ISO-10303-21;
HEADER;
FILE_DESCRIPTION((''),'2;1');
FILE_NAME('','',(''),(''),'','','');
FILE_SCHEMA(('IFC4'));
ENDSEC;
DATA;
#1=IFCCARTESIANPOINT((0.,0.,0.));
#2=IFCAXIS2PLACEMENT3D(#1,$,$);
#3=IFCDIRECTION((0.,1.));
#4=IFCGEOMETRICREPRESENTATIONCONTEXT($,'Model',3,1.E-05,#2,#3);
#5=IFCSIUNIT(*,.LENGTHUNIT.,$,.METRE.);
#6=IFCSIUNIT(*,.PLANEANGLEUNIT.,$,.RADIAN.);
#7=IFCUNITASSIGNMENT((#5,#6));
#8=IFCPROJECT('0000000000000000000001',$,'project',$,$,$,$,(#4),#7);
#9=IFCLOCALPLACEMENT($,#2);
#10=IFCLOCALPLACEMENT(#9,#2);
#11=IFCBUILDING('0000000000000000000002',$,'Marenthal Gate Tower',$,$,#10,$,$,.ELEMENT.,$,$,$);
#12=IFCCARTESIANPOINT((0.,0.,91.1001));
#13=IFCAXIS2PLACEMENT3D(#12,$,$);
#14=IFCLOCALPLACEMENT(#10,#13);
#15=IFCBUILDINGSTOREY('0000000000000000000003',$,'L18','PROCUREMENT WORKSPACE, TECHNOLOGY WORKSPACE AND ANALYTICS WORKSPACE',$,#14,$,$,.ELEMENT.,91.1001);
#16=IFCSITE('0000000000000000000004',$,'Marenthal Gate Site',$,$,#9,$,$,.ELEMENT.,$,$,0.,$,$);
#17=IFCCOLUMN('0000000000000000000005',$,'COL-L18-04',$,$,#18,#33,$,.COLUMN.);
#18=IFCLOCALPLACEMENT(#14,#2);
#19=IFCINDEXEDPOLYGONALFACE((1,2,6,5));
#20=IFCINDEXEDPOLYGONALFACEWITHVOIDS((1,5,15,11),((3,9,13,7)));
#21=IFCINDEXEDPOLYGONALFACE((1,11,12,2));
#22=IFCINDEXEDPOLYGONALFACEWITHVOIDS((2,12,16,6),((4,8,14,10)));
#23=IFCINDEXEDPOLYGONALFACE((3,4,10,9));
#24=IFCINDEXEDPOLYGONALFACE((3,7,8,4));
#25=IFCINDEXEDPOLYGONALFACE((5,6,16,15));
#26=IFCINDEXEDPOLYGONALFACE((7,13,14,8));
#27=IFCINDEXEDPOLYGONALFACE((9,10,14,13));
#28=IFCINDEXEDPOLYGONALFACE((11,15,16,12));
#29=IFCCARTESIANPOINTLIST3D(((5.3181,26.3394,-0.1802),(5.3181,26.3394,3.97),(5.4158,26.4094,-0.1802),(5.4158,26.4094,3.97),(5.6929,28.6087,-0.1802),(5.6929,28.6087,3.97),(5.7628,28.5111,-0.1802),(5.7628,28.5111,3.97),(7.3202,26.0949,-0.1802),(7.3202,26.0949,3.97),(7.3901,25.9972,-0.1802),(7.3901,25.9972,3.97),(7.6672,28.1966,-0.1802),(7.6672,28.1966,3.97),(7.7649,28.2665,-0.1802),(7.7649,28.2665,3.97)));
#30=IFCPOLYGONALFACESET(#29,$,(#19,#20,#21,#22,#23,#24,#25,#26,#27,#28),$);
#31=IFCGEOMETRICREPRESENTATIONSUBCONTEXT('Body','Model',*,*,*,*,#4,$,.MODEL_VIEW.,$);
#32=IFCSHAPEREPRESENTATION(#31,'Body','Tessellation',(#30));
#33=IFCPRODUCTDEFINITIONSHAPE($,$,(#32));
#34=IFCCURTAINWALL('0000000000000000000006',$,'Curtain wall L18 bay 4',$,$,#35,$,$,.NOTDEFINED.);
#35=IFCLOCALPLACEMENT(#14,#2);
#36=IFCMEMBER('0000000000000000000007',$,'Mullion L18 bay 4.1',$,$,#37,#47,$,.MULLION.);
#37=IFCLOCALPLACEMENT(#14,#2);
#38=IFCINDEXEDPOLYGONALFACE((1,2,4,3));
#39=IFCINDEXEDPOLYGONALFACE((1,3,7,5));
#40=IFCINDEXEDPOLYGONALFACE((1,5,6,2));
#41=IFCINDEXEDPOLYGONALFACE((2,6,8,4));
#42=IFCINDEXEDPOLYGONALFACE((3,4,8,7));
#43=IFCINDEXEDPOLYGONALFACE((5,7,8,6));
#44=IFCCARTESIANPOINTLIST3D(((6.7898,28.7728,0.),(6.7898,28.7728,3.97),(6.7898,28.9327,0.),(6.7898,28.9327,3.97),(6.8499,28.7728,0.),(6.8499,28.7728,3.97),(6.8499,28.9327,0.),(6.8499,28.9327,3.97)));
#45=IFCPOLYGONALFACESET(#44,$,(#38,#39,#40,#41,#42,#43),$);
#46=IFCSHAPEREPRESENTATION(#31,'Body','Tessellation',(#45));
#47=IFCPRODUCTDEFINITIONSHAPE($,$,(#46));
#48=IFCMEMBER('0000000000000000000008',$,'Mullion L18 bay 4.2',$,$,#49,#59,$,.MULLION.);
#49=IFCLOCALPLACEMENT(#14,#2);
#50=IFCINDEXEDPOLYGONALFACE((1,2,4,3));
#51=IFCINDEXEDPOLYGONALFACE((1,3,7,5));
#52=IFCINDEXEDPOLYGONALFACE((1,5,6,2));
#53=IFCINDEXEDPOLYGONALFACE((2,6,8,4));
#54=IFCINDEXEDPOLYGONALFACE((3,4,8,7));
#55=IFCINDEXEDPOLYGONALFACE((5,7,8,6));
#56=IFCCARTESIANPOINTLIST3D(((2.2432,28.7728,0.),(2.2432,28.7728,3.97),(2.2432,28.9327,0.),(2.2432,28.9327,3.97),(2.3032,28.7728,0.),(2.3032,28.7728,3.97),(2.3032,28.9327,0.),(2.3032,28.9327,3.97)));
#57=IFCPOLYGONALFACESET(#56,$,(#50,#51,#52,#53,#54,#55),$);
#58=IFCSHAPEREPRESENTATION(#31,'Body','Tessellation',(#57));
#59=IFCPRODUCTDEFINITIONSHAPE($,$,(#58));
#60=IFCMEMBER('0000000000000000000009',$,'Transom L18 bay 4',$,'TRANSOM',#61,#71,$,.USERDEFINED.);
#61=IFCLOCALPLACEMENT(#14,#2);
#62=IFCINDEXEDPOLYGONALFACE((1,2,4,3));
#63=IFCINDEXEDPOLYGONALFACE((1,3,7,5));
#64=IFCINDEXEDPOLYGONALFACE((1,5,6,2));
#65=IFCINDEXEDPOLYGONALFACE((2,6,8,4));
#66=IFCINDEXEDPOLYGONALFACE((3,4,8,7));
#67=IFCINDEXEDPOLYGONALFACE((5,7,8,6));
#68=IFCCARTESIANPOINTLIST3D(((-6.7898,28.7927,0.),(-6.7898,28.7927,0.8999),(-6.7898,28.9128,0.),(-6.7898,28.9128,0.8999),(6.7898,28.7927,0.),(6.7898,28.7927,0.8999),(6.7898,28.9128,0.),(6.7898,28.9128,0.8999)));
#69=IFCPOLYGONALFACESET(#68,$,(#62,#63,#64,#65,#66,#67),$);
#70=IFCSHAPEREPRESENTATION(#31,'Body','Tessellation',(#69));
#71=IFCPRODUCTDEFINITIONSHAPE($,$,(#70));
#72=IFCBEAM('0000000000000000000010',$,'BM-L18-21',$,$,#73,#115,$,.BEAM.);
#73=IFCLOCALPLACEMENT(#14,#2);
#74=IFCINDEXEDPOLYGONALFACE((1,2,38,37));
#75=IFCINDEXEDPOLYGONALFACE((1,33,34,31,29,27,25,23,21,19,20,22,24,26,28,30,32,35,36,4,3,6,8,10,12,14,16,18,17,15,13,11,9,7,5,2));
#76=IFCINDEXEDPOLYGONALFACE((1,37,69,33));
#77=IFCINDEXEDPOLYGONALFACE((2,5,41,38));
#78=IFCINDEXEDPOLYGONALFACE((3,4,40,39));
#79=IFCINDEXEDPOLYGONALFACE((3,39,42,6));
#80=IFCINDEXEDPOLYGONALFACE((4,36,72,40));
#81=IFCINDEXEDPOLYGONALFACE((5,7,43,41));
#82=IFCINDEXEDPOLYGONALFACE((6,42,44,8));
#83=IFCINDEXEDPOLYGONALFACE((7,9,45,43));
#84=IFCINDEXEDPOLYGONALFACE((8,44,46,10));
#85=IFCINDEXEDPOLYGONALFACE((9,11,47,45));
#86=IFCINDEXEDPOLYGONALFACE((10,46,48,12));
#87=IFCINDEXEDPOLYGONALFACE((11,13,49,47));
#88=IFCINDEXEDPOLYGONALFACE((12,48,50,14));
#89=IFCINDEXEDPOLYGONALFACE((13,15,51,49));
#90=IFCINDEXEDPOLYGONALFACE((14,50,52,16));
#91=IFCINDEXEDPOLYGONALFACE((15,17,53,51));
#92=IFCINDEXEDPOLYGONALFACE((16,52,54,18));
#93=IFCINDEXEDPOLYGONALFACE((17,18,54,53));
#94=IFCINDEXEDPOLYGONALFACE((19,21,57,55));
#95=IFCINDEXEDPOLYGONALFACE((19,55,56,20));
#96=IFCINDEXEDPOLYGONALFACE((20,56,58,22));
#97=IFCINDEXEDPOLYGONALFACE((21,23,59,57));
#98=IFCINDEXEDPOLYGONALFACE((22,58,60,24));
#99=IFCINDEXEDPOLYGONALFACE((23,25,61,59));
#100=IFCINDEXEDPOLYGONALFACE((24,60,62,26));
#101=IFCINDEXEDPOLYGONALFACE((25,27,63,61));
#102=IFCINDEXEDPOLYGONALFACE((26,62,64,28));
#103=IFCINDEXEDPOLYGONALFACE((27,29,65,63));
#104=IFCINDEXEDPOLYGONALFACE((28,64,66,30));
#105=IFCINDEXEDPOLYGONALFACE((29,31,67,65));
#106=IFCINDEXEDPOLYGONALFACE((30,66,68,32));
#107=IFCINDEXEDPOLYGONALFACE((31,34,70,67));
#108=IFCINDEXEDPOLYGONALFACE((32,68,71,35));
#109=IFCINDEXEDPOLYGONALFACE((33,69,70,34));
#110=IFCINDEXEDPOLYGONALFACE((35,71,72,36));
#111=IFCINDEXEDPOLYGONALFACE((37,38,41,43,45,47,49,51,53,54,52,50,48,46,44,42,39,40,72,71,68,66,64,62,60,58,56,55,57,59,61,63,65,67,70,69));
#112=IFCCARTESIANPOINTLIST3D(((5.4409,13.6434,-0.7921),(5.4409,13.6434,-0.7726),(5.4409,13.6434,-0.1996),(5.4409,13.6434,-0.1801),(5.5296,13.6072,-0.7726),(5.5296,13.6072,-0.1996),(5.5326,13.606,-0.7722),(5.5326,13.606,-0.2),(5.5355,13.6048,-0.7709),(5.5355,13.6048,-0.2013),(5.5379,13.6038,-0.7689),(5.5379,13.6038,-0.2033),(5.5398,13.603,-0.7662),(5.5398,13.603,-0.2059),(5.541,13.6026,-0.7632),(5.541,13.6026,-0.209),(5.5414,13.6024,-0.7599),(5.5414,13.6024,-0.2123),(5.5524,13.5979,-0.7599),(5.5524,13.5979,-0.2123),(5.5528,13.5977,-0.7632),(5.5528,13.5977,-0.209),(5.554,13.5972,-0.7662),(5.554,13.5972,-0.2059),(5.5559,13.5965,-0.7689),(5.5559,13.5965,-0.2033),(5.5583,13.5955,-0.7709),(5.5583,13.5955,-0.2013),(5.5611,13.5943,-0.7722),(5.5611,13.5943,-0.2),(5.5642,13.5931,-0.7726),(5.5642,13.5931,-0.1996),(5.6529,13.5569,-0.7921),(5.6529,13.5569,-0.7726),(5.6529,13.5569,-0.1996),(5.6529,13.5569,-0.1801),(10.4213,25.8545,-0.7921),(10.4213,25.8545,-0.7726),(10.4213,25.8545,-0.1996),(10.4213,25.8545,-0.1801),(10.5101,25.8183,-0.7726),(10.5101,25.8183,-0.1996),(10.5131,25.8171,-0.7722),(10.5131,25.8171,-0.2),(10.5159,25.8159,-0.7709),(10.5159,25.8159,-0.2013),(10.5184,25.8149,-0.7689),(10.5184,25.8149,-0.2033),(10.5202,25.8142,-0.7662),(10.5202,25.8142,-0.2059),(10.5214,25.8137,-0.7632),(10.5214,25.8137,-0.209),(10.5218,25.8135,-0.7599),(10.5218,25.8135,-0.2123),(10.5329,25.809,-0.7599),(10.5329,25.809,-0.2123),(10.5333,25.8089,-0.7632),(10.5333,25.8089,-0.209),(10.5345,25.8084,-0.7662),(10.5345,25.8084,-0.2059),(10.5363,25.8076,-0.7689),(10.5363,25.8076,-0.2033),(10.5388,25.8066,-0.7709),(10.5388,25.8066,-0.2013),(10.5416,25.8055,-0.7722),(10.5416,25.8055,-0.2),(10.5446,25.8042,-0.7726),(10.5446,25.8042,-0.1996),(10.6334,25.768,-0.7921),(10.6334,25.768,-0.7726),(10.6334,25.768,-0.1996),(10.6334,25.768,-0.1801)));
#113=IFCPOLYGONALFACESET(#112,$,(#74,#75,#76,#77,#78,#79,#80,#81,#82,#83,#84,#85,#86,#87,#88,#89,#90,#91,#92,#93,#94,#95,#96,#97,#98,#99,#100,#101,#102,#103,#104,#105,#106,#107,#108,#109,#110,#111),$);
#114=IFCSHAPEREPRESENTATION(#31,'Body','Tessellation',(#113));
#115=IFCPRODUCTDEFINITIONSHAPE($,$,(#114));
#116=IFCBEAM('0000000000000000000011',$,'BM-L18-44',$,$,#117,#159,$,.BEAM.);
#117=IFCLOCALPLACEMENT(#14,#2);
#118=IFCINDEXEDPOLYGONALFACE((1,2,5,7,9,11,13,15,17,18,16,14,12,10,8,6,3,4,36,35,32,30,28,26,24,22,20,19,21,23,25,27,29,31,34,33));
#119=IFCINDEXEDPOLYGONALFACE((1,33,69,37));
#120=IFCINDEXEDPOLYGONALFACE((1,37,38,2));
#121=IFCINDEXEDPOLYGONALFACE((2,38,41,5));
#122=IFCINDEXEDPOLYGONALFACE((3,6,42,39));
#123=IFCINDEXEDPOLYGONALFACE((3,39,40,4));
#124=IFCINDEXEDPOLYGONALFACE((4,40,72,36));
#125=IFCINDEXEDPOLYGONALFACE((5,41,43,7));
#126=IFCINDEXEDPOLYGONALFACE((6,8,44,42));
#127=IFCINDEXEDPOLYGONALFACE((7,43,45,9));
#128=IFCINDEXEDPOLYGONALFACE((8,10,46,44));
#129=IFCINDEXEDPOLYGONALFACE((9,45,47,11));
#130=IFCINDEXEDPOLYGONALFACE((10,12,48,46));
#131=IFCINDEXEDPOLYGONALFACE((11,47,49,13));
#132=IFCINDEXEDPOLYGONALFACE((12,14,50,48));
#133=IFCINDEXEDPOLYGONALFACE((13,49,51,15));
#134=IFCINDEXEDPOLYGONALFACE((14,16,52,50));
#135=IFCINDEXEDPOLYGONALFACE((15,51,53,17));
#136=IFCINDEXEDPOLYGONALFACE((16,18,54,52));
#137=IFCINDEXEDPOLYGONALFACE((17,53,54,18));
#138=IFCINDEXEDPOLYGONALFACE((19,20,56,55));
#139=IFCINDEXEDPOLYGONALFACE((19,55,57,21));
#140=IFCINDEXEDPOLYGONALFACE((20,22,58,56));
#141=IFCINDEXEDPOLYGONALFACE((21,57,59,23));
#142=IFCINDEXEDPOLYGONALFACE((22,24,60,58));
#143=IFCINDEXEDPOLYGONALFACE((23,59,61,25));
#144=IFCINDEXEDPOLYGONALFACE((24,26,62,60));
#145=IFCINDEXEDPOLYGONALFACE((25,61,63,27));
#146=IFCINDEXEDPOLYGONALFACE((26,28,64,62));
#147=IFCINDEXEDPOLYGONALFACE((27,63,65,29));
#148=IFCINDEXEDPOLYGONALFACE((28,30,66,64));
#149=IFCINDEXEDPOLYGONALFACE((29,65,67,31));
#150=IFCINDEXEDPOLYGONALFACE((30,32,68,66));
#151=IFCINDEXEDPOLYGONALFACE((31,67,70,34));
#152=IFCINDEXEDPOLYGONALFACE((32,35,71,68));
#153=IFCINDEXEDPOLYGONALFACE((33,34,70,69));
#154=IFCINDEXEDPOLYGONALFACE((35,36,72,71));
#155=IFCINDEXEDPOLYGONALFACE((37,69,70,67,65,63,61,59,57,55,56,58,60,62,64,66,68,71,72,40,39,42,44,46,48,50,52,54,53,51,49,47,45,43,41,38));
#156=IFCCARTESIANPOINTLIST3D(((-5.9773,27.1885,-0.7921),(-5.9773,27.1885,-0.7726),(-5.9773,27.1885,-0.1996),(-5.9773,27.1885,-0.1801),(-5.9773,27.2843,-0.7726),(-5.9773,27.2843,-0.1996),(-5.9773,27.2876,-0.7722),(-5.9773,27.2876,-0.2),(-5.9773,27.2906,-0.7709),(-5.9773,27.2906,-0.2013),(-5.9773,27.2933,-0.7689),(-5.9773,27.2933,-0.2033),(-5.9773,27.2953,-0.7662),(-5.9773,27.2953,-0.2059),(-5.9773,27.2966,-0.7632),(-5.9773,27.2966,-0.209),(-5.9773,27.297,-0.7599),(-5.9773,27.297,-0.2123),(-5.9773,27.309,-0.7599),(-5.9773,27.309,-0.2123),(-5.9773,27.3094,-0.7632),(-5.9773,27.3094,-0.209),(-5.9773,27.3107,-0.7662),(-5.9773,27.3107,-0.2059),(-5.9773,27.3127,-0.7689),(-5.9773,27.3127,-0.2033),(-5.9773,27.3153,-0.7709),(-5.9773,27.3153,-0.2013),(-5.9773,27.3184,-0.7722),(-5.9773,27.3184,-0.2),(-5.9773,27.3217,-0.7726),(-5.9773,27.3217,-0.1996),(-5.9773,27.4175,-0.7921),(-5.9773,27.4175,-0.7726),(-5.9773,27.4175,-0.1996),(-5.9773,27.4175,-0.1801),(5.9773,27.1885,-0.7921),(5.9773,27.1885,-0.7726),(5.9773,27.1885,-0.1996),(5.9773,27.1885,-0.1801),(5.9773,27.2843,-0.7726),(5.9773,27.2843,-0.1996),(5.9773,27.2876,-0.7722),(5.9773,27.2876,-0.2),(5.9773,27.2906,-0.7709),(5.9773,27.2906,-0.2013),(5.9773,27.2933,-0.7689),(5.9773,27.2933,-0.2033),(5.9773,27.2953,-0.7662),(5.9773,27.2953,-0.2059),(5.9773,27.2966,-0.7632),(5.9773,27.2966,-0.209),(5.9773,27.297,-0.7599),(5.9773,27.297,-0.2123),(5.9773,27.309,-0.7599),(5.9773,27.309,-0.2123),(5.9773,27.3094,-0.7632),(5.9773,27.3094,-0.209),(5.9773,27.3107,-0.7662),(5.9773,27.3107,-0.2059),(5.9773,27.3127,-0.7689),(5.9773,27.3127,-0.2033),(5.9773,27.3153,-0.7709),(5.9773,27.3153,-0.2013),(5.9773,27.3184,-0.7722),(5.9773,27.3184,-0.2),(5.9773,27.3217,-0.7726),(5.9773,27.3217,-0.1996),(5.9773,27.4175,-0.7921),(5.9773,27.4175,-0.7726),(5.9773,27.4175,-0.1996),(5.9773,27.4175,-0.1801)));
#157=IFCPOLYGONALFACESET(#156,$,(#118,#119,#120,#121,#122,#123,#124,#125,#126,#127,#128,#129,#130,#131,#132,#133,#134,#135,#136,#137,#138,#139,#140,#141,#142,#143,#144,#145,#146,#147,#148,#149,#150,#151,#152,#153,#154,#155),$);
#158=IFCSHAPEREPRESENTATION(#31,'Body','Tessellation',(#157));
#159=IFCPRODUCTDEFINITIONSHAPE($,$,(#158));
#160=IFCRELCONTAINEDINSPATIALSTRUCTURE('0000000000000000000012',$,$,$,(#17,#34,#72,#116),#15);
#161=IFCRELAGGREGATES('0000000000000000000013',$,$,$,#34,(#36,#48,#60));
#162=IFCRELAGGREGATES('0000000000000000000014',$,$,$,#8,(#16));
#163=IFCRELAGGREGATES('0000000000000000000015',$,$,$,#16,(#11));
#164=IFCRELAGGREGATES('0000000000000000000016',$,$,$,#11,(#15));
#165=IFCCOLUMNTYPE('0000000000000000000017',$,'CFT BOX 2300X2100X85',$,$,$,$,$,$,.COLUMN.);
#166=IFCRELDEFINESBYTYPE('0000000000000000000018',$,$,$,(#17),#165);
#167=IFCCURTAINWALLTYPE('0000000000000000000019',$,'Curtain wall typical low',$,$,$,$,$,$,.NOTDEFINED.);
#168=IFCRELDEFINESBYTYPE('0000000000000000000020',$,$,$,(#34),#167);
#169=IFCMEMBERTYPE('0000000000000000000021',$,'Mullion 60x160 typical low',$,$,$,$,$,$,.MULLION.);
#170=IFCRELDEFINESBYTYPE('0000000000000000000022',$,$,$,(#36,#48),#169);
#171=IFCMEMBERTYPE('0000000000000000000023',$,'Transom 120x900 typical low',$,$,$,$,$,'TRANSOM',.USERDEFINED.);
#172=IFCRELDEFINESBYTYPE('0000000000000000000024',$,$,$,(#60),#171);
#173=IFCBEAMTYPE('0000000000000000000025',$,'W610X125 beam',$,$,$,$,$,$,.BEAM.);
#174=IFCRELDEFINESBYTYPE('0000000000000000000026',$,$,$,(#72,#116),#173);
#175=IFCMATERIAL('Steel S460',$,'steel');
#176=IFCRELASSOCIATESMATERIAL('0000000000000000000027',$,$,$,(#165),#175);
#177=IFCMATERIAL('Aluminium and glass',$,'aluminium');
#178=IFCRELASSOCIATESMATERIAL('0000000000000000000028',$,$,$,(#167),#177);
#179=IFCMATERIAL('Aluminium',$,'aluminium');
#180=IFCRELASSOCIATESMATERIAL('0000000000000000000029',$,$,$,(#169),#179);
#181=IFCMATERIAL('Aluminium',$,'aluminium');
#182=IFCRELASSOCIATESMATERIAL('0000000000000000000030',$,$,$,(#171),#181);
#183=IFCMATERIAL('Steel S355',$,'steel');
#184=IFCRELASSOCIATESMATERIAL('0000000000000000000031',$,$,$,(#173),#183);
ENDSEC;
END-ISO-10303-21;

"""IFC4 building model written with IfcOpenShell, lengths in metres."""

from ifc_helpers import new_model, si_unit, direction, frame, origin, origin_2d, place, context, subcontext, project, spatial, rectangle, hollow_rectangle, i_section, extrude, material, material_profile, profile_set, type_object, element, aggregate, save


model = new_model("IFC4")

# Units and contexts
model_context = context("Model", 3, precision=1e-05, world=origin(), true_north=direction((0.0, 1.0)))
body_context = subcontext(model_context, "Body", "Model", "MODEL_VIEW")
ifc_project = project(units=[si_unit("LENGTHUNIT", "METRE"), si_unit("PLANEANGLEUNIT", "RADIAN")], contexts=[model_context])

# Site, building, storey
site_placement = place(None, origin())
site = spatial("IfcSite", under=ifc_project, at=site_placement, Name="Marenthal Gate Site", CompositionType="ELEMENT", RefElevation=0.0)
building_placement = place(site_placement, origin())
building = spatial("IfcBuilding", under=site, at=building_placement, Name="Marenthal Gate Tower", CompositionType="ELEMENT")
storey_placement = place(building_placement, frame((0.0, 0.0, 91.1001)))
storey = spatial("IfcBuildingStorey", under=building, at=storey_placement, Name="L18", Description="PROCUREMENT WORKSPACE, TECHNOLOGY WORKSPACE AND ANALYTICS WORKSPACE", CompositionType="ELEMENT", Elevation=91.1001)

# Column
ifc_material_1 = material(Name="Steel S460", Category="steel")
ifc_material_profile_1 = material_profile(ifc_material_1, hollow_rectangle(XDim=2.1001, YDim=2.3, WallThickness=0.085, at=origin_2d()), Name="CFT BOX 2300X2100X85")
ifc_material_2 = material(Name="Concrete 70 MPa", Category="concrete")
ifc_material_profile_2 = material_profile(ifc_material_2, rectangle(XDim=1.9299, YDim=2.1299, at=origin_2d()), Name="CFT BOX 2300X2100X85 INFILL")
ifc_profile_set_1 = profile_set([ifc_material_profile_1, ifc_material_profile_2], Name="Steel S460 shell, Concrete 70 MPa infill")
column_type = type_object("IfcColumnType", Name="CFT BOX 2300X2100X85", PredefinedType="COLUMN", material=ifc_profile_set_1)
column_placement = place(storey_placement, frame((6.5415, 27.303, -0.1802), z_axis=(0.0, 0.0, 1.0), x_axis=(0.986637, -0.162933, 0.0)))
element("IfcColumn", 1, at=column_placement, inside=storey, type_object=column_type, Name="COL-L18-04", PredefinedType="COLUMN", context=body_context, shape_type="SweptSolid", body=[
    extrude(hollow_rectangle(XDim=2.1001, YDim=2.3, WallThickness=0.085, at=origin_2d()), origin(), (0.0, 0.0, 1.0), 4.1501),
])

# Curtain wall, members
ifc_material_3 = material(Name="Aluminium and glass", Category="aluminium")
curtain_wall_type = type_object("IfcCurtainWallType", Name="Curtain wall typical low", PredefinedType="NOTDEFINED", material=ifc_material_3)
curtain_wall_placement = place(storey_placement, origin())
curtain_wall = element("IfcCurtainWall", 2, at=curtain_wall_placement, inside=storey, type_object=curtain_wall_type, Name="Curtain wall L18 bay 4", PredefinedType="NOTDEFINED")
ifc_material_4 = material(Name="Aluminium", Category="aluminium")
ifc_material_profile_3 = material_profile(ifc_material_4, rectangle(XDim=0.1599, YDim=0.0601, at=origin_2d()), Name="60x160 aluminium mullion")
ifc_profile_set_2 = profile_set([ifc_material_profile_3], Name="Aluminium")
member_type_1 = type_object("IfcMemberType", Name="Mullion 60x160 typical low", PredefinedType="MULLION", material=ifc_profile_set_2)
member_1_placement = place(storey_placement, frame((6.8198, 28.8528, 0.0), z_axis=(0.0, 0.0, 1.0), x_axis=(0.0, -1.0, 0.0)))
member_1 = element("IfcMember", 3, at=member_1_placement, type_object=member_type_1, Name="Mullion L18 bay 4.1", PredefinedType="MULLION", context=body_context, shape_type="SweptSolid", body=[
    extrude(rectangle(XDim=0.1599, YDim=0.0601, at=origin_2d()), origin(), (0.0, 0.0, 1.0), 3.97),
])
member_2_placement = place(storey_placement, frame((2.2732, 28.8528, 0.0), z_axis=(0.0, 0.0, 1.0), x_axis=(0.0, -1.0, 0.0)))
member_2 = element("IfcMember", 4, at=member_2_placement, type_object=member_type_1, Name="Mullion L18 bay 4.2", PredefinedType="MULLION", context=body_context, shape_type="SweptSolid", body=[
    extrude(rectangle(XDim=0.1599, YDim=0.0601, at=origin_2d()), origin(), (0.0, 0.0, 1.0), 3.97),
])
ifc_material_5 = material(Name="Aluminium", Category="aluminium")
ifc_material_profile_4 = material_profile(ifc_material_5, rectangle(XDim=0.1201, YDim=0.8999, at=origin_2d()), Name="120x900 aluminium transom")
ifc_profile_set_3 = profile_set([ifc_material_profile_4], Name="Aluminium")
member_type_2 = type_object("IfcMemberType", Name="Transom 120x900 typical low", ElementType="TRANSOM", PredefinedType="USERDEFINED", material=ifc_profile_set_3)
member_3_placement = place(storey_placement, frame((6.7898, 28.8528, 0.45), z_axis=(-1.0, 0.0, 0.0), x_axis=(0.0, -1.0, 0.0)))
member_3 = element("IfcMember", 5, at=member_3_placement, type_object=member_type_2, Name="Transom L18 bay 4", ObjectType="TRANSOM", PredefinedType="USERDEFINED", context=body_context, shape_type="SweptSolid", body=[
    extrude(rectangle(XDim=0.1201, YDim=0.8999, at=origin_2d()), origin(), (0.0, 0.0, 1.0), 13.5796),
])

# Beams
ifc_material_6 = material(Name="Steel S355", Category="steel")
ifc_material_profile_5 = material_profile(ifc_material_6, i_section(OverallWidth=0.229, OverallDepth=0.6121, WebThickness=0.012, FlangeThickness=0.0195, FilletRadius=0.0127, at=origin_2d()), Name="W610X125")
ifc_profile_set_4 = profile_set([ifc_material_profile_5], Name="Steel S355")
beam_type_1 = type_object("IfcBeamType", Name="W610X125 beam", PredefinedType="BEAM", material=ifc_profile_set_4)
beam_1_placement = place(storey_placement, frame((10.5273, 25.8113, -0.4861), z_axis=(-0.377657, -0.925945, 0.0), x_axis=(0.925945, -0.377657, 0.0)))
element("IfcBeam", 6, at=beam_1_placement, inside=storey, type_object=beam_type_1, Name="BM-L18-21", PredefinedType="BEAM", context=body_context, shape_type="SweptSolid", body=[
    extrude(i_section(OverallWidth=0.229, OverallDepth=0.6121, WebThickness=0.012, FlangeThickness=0.0195, FilletRadius=0.0127, at=origin_2d()), origin(), (0.0, 0.0, 1.0), 13.1877),
])
beam_2_placement = place(storey_placement, frame((5.9773, 27.303, -0.4861), z_axis=(-1.0, 0.0, 0.0), x_axis=(0.0, -1.0, 0.0)))
element("IfcBeam", 7, at=beam_2_placement, inside=storey, type_object=beam_type_1, Name="BM-L18-44", PredefinedType="BEAM", context=body_context, shape_type="SweptSolid", body=[
    extrude(i_section(OverallWidth=0.229, OverallDepth=0.6121, WebThickness=0.012, FlangeThickness=0.0195, FilletRadius=0.0127, at=origin_2d()), origin(), (0.0, 0.0, 1.0), 11.9546),
])

aggregate(curtain_wall, [member_1, member_2, member_3])

save(model, "model.ifc")
